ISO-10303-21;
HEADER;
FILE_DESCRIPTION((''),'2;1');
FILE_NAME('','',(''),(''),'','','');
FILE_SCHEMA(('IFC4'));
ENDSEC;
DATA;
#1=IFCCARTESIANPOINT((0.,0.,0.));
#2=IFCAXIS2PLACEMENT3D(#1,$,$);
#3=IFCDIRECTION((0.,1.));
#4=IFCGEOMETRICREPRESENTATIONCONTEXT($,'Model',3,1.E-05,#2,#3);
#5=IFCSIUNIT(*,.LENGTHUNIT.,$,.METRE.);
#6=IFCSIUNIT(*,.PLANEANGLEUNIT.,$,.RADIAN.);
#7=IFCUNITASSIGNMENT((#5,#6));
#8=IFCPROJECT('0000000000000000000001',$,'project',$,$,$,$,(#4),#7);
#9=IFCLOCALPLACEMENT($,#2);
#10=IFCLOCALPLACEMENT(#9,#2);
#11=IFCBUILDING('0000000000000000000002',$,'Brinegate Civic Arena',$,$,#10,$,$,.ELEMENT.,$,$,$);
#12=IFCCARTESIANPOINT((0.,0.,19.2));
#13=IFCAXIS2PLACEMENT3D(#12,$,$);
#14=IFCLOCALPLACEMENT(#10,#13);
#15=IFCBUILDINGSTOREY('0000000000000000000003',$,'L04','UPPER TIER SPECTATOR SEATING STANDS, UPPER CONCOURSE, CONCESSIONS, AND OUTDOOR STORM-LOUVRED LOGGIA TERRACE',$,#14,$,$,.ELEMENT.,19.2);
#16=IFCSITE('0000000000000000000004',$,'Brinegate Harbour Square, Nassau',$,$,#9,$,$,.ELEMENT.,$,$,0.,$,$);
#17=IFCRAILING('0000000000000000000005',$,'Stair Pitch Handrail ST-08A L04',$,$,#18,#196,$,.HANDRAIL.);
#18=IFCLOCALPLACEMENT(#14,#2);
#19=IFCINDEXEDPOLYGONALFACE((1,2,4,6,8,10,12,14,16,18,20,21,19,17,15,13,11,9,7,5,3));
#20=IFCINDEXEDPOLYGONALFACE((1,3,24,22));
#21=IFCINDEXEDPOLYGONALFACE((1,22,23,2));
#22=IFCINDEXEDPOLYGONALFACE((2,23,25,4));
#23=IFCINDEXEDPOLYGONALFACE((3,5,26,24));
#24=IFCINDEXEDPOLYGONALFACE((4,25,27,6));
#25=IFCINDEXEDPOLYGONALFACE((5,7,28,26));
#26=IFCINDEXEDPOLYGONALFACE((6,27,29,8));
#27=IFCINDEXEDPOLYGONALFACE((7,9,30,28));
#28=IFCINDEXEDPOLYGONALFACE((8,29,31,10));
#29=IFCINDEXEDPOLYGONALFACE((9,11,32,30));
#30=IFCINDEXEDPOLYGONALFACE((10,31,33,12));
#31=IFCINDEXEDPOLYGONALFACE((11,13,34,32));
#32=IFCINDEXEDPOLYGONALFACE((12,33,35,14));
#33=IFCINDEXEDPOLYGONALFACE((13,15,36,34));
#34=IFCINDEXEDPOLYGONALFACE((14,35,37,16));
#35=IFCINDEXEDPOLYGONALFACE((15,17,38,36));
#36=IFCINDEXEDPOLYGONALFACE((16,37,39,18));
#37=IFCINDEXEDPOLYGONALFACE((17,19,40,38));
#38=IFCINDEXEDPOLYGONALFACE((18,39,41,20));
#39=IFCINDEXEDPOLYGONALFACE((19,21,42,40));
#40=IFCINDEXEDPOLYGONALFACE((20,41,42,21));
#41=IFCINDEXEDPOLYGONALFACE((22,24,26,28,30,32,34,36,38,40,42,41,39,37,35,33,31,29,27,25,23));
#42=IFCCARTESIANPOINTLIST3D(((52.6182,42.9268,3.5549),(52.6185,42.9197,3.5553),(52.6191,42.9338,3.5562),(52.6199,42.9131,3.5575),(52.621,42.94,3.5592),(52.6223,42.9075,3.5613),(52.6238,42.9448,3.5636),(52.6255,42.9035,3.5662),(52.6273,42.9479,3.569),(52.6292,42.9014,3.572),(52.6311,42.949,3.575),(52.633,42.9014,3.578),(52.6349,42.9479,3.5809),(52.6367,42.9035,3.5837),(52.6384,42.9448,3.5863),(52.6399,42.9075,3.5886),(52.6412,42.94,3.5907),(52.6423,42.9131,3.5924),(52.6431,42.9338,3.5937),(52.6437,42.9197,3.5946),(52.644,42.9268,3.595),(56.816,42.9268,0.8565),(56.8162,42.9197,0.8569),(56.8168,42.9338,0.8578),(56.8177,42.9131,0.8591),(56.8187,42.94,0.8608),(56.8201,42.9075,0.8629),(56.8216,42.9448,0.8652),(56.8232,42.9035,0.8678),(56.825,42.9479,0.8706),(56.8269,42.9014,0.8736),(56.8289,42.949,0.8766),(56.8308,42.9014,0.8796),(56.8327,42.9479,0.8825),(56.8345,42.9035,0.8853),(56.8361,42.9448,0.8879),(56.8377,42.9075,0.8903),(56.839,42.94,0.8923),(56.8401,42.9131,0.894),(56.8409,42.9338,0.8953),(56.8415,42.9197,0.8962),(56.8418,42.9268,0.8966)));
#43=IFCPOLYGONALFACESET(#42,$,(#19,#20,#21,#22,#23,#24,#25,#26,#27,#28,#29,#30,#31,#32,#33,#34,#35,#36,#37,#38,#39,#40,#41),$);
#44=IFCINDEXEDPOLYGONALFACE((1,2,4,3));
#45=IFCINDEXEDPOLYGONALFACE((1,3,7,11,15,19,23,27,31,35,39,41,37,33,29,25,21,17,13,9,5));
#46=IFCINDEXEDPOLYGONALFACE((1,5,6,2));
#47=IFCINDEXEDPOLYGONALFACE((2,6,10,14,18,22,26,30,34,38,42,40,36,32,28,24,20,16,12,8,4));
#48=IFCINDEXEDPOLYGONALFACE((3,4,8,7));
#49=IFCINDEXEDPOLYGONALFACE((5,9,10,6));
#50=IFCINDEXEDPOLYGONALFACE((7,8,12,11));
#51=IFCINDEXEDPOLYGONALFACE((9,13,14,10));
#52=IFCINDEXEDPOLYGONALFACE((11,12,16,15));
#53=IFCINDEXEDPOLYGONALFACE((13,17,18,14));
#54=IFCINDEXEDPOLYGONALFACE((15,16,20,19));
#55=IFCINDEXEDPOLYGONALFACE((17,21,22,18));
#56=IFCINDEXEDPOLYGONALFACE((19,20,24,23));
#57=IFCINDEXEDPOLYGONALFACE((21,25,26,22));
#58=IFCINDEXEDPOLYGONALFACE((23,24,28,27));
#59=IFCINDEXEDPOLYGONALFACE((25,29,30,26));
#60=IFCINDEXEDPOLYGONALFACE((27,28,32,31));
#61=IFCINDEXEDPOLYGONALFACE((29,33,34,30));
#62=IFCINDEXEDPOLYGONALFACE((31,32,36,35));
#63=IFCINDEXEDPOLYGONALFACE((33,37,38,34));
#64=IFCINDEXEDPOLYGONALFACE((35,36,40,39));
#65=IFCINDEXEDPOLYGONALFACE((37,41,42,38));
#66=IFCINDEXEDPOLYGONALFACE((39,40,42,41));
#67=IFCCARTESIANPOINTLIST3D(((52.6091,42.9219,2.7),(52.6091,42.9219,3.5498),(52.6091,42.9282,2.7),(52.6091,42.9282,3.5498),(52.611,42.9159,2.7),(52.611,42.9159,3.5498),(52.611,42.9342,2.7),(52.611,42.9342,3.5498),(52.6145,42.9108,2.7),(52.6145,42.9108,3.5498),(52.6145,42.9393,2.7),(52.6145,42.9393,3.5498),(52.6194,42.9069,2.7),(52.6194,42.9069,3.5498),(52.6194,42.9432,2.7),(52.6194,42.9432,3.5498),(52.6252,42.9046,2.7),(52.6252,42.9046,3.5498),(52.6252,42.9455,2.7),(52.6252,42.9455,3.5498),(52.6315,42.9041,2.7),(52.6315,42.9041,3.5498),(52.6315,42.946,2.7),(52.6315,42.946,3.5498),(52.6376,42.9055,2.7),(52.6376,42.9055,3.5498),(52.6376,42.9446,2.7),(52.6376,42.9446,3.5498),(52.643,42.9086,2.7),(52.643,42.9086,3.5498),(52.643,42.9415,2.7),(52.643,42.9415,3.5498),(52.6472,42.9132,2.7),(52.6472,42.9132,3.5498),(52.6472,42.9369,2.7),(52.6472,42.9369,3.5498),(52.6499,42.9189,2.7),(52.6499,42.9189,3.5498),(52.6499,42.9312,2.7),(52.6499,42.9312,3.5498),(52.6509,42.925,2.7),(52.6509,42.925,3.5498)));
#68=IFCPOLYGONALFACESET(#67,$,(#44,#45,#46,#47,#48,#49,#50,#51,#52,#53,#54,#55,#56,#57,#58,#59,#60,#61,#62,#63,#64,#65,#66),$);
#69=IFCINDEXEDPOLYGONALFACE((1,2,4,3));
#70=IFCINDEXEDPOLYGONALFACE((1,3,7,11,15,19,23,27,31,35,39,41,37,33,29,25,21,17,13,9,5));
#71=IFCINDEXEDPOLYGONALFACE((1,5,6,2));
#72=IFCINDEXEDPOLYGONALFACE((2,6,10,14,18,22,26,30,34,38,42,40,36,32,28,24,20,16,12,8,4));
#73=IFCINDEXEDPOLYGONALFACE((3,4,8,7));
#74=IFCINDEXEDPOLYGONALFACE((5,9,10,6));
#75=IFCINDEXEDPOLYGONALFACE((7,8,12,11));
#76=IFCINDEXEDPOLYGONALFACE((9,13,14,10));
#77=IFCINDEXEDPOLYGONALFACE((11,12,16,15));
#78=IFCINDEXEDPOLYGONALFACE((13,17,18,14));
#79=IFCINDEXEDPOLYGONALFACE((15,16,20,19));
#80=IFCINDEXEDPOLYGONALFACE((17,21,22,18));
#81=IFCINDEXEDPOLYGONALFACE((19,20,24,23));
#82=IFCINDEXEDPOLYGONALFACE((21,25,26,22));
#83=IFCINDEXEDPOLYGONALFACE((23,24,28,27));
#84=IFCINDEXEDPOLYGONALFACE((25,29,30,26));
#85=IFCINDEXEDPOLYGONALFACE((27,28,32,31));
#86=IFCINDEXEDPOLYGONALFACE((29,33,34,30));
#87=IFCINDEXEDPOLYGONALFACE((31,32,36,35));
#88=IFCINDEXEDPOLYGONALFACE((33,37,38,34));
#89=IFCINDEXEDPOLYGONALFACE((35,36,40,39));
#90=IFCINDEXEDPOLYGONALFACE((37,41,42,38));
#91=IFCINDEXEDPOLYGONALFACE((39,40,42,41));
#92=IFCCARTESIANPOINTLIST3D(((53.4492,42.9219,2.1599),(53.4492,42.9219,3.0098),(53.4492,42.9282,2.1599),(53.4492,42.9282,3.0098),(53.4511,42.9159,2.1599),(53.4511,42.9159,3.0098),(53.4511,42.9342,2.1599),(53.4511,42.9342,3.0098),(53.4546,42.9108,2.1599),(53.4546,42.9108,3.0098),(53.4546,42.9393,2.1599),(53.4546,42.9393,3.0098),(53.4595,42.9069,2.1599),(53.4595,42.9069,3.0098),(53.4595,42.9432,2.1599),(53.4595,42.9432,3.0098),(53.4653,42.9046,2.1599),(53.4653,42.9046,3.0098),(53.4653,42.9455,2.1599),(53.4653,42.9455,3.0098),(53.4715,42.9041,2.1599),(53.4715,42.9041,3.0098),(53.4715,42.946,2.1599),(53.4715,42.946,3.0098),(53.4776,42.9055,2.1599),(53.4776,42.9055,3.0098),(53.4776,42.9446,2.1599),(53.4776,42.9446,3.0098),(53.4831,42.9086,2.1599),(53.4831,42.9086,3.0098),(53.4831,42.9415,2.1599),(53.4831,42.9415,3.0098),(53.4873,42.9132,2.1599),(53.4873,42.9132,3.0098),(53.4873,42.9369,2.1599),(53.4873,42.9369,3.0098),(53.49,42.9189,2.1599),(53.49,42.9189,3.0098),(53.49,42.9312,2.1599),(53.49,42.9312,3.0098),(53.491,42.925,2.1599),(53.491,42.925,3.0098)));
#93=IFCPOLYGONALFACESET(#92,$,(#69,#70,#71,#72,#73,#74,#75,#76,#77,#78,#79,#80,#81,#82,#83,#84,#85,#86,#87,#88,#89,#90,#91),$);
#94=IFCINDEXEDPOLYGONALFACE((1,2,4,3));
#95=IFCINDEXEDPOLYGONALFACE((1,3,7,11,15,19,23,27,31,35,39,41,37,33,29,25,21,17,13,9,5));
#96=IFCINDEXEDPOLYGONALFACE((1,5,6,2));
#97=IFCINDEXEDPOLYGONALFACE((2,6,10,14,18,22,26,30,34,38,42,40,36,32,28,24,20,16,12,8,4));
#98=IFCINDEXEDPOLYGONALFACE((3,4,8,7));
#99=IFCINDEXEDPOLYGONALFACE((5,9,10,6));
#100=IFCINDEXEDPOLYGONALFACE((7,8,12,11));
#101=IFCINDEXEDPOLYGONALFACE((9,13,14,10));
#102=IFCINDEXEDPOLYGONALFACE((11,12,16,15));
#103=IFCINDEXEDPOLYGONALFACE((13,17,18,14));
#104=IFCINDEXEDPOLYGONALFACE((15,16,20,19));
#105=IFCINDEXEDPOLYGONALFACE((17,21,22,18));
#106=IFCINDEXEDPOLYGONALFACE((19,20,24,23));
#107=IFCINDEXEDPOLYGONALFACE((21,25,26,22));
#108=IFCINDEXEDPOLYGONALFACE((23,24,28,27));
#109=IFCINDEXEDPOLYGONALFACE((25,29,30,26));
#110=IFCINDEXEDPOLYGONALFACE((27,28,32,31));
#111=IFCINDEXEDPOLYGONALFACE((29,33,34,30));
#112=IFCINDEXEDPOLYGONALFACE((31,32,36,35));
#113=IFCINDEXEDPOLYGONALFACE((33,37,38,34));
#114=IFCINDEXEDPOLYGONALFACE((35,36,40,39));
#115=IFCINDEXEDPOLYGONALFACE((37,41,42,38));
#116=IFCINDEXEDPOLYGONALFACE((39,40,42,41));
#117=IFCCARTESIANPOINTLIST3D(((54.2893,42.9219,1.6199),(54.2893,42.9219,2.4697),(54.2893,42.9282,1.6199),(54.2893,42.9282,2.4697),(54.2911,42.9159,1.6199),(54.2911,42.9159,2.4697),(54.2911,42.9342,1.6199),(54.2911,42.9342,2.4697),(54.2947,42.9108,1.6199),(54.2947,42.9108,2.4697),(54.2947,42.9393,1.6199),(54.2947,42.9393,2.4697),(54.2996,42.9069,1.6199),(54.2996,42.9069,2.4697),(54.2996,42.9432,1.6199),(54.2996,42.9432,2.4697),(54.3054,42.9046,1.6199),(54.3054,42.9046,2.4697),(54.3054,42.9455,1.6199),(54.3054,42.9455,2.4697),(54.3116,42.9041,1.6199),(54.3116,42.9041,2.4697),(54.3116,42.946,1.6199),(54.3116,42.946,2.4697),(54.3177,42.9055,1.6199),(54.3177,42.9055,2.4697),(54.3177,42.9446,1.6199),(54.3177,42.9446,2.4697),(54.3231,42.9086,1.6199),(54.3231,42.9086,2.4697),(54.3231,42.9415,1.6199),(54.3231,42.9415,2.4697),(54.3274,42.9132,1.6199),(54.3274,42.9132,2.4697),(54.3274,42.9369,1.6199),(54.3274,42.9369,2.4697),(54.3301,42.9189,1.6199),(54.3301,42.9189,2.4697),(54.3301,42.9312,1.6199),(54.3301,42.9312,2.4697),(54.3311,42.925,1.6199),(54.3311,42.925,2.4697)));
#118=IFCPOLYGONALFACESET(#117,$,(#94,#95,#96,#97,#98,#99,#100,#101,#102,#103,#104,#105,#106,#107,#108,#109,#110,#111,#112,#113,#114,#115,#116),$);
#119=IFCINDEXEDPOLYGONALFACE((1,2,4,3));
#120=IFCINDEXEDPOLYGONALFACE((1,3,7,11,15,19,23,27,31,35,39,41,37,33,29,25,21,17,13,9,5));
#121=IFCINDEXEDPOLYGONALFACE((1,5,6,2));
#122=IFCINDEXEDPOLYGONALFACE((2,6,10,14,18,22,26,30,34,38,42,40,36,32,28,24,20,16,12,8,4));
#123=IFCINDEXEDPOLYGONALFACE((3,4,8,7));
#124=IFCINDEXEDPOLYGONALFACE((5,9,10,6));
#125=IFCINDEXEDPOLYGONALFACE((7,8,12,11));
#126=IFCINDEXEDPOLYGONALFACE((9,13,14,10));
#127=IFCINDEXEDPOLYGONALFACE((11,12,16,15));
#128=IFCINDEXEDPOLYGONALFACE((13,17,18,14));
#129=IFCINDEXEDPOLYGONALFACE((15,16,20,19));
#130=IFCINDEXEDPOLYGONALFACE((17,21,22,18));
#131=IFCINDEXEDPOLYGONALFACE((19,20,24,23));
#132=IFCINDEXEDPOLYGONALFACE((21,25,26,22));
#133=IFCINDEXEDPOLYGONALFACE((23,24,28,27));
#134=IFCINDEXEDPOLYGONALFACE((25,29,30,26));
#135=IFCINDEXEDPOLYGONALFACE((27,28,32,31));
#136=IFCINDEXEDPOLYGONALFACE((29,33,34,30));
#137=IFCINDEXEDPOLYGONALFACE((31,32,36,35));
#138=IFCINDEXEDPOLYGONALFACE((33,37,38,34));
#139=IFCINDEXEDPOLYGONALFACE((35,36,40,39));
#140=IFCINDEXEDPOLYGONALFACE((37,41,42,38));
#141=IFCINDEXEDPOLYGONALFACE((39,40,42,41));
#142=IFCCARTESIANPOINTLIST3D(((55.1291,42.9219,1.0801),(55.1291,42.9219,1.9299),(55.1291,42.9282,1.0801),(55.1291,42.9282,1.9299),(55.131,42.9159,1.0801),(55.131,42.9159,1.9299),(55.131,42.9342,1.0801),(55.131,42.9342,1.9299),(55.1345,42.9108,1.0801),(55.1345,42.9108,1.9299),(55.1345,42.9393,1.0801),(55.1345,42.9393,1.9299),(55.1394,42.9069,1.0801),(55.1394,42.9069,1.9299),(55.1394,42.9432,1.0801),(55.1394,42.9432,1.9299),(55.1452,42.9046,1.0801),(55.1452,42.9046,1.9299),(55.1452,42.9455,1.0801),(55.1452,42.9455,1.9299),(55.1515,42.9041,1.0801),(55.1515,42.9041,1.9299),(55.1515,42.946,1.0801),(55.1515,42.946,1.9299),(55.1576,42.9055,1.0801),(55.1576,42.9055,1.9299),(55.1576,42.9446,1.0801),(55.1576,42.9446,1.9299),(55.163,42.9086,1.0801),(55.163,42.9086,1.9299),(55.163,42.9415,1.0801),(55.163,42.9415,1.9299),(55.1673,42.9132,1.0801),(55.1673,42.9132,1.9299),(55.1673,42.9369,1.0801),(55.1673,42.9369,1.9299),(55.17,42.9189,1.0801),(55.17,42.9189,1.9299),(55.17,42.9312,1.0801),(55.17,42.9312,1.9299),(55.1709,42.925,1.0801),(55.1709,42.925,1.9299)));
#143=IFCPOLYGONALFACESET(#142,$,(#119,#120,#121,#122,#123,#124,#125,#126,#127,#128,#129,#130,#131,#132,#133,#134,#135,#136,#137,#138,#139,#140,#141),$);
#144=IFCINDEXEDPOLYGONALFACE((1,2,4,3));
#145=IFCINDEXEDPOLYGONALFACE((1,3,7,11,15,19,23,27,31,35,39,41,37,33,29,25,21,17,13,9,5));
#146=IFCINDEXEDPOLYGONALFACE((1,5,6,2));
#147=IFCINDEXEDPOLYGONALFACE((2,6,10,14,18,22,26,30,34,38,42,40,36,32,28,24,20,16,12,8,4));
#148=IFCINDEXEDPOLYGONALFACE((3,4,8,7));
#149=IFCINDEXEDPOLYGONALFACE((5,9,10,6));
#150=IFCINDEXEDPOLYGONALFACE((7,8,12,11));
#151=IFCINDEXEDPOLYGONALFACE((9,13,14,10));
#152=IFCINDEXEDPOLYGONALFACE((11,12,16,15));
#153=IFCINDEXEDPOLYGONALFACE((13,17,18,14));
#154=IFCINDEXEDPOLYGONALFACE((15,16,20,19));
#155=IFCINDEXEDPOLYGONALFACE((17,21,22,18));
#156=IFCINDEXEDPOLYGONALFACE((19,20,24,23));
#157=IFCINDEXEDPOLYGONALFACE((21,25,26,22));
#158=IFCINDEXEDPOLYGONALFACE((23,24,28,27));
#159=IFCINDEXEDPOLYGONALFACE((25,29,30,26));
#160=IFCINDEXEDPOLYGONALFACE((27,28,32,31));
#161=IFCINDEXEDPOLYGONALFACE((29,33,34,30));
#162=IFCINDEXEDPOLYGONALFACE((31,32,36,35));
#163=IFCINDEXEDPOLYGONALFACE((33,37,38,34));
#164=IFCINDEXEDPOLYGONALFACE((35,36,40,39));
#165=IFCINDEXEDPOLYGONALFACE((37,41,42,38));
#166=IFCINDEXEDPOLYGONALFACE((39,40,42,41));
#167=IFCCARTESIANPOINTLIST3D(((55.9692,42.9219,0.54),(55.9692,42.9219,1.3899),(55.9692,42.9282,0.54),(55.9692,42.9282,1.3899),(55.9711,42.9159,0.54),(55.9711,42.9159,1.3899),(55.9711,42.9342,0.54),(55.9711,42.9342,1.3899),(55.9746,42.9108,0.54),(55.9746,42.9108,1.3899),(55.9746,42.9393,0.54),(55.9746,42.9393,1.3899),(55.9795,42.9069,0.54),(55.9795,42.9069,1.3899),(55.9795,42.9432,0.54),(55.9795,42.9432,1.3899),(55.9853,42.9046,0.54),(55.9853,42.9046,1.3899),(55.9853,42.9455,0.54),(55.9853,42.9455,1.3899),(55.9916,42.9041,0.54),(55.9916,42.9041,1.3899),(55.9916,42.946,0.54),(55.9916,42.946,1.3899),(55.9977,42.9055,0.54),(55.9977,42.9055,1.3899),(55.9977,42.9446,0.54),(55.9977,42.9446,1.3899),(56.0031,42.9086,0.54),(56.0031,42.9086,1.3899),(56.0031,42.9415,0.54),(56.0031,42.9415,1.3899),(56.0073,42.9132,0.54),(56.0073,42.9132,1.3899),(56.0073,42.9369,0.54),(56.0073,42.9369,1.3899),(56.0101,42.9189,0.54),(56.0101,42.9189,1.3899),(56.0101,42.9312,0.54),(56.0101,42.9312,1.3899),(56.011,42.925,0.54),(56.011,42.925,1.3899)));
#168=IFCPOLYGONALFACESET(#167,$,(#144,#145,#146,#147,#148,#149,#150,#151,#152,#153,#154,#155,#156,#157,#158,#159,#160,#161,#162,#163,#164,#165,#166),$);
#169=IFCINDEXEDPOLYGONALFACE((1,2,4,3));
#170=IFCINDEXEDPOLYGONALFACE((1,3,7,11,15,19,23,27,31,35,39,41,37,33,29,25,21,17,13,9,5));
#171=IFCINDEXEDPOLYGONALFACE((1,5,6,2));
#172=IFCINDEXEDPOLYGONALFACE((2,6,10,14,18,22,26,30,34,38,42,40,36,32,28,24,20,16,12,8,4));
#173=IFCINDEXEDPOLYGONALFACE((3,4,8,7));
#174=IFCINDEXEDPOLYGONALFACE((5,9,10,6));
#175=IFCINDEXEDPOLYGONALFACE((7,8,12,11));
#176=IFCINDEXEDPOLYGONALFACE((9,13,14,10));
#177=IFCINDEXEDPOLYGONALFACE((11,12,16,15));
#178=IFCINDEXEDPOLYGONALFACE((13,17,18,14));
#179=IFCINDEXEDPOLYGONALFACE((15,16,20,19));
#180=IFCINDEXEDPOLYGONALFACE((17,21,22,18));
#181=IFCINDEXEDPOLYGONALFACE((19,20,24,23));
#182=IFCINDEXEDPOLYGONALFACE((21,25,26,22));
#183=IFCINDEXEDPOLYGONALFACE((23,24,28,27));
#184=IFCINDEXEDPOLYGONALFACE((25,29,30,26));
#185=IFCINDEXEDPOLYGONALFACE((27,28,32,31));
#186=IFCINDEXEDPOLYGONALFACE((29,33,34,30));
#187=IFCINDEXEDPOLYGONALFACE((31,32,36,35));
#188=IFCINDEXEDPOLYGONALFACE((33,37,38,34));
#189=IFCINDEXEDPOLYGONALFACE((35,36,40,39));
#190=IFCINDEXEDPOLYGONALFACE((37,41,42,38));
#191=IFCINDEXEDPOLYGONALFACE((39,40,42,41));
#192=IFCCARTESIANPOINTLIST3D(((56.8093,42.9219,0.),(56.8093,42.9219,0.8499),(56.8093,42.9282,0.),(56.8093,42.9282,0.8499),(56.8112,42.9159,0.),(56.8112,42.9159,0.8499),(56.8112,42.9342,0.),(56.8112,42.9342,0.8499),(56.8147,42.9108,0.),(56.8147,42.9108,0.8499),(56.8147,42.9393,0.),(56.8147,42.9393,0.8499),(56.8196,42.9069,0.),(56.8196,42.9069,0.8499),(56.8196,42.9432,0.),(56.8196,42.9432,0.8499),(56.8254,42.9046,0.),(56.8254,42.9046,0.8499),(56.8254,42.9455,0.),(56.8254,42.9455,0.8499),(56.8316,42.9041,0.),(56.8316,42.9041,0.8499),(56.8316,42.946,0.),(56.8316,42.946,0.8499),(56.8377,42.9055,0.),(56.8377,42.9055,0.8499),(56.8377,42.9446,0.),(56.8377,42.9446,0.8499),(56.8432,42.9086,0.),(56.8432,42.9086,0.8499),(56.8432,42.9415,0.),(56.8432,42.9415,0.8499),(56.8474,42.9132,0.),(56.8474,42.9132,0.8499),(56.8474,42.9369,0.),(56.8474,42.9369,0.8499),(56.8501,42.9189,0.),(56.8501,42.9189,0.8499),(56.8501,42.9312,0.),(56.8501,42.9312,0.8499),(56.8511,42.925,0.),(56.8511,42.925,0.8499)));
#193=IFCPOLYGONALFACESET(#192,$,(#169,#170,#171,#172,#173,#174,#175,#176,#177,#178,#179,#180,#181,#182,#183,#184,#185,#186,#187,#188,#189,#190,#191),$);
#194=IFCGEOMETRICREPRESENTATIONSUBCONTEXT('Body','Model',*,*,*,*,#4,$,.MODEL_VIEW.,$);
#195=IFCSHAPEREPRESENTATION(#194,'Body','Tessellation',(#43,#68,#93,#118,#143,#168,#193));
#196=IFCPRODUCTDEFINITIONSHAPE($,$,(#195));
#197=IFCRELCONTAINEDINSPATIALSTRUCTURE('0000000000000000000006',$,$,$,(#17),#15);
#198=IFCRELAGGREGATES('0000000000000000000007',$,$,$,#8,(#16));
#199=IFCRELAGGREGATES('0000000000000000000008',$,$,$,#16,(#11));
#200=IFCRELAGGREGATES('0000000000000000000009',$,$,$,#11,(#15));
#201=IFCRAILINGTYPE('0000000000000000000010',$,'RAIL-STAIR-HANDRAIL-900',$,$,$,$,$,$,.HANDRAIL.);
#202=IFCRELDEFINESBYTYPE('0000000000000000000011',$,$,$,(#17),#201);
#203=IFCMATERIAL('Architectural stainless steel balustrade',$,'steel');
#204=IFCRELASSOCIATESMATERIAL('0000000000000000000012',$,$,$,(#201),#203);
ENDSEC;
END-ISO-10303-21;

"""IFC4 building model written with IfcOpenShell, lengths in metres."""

from ifc_helpers import new_model, si_unit, direction, frame, origin, origin_2d, place, context, subcontext, project, spatial, circle, extrude, material, type_object, element, save


model = new_model("IFC4")

# Units and contexts
model_context = context("Model", 3, precision=1e-05, world=origin(), true_north=direction((0.0, 1.0)))
body_context = subcontext(model_context, "Body", "Model", "MODEL_VIEW")
ifc_project = project(units=[si_unit("LENGTHUNIT", "METRE"), si_unit("PLANEANGLEUNIT", "RADIAN")], contexts=[model_context])

# Site, building, storey
site_placement = place(None, origin())
site = spatial("IfcSite", under=ifc_project, at=site_placement, Name="Brinegate Harbour Square, Nassau", CompositionType="ELEMENT", RefElevation=0.0)
building_placement = place(site_placement, origin())
building = spatial("IfcBuilding", under=site, at=building_placement, Name="Brinegate Civic Arena", CompositionType="ELEMENT")
storey_placement = place(building_placement, frame((0.0, 0.0, 19.2)))
storey = spatial("IfcBuildingStorey", under=building, at=storey_placement, Name="L04", Description="UPPER TIER SPECTATOR SEATING STANDS, UPPER CONCOURSE, CONCESSIONS, AND OUTDOOR STORM-LOUVRED LOGGIA TERRACE", CompositionType="ELEMENT", Elevation=19.2)

# Shared definitions
ifc_material_1 = material(Name="Architectural stainless steel balustrade", Category="steel")

# Railing
railing_type = type_object("IfcRailingType", Name="RAIL-STAIR-HANDRAIL-900", PredefinedType="HANDRAIL", material=ifc_material_1)
for number, where, name in (
    (1, (52.6299, 42.925, 2.7), "Stair Pitch Handrail ST-08A L04"),
):
    element("IfcRailing", number, at=place(storey_placement, frame(where)), inside=storey, type_object=railing_type, Name=name, PredefinedType="HANDRAIL", context=body_context, shape_type="SweptSolid", body=[
        extrude(circle(Radius=0.0239, at=origin_2d()), frame((0.0012, 0.0, 0.875), z_axis=(0.841194, 0.0, -0.540733), x_axis=(0.0, 1.0, 0.0)), (0.0, 0.0, 1.0), 4.9902),
        extrude(circle(Radius=0.021, at=origin_2d()), origin(), (0.0, 0.0, 1.0), 0.8499),
        extrude(circle(Radius=0.021, at=origin_2d()), frame((0.8401, 0.0, -0.54)), (0.0, 0.0, 1.0), 0.8499),
        extrude(circle(Radius=0.021, at=origin_2d()), frame((1.6802, 0.0, -1.0801)), (0.0, 0.0, 1.0), 0.8499),
        extrude(circle(Radius=0.021, at=origin_2d()), frame((2.52, 0.0, -1.6199)), (0.0, 0.0, 1.0), 0.8499),
        extrude(circle(Radius=0.021, at=origin_2d()), frame((3.3601, 0.0, -2.1599)), (0.0, 0.0, 1.0), 0.8499),
        extrude(circle(Radius=0.021, at=origin_2d()), frame((4.2002, 0.0, -2.7)), (0.0, 0.0, 1.0), 0.8499),
    ])

save(model, "model.ifc")
